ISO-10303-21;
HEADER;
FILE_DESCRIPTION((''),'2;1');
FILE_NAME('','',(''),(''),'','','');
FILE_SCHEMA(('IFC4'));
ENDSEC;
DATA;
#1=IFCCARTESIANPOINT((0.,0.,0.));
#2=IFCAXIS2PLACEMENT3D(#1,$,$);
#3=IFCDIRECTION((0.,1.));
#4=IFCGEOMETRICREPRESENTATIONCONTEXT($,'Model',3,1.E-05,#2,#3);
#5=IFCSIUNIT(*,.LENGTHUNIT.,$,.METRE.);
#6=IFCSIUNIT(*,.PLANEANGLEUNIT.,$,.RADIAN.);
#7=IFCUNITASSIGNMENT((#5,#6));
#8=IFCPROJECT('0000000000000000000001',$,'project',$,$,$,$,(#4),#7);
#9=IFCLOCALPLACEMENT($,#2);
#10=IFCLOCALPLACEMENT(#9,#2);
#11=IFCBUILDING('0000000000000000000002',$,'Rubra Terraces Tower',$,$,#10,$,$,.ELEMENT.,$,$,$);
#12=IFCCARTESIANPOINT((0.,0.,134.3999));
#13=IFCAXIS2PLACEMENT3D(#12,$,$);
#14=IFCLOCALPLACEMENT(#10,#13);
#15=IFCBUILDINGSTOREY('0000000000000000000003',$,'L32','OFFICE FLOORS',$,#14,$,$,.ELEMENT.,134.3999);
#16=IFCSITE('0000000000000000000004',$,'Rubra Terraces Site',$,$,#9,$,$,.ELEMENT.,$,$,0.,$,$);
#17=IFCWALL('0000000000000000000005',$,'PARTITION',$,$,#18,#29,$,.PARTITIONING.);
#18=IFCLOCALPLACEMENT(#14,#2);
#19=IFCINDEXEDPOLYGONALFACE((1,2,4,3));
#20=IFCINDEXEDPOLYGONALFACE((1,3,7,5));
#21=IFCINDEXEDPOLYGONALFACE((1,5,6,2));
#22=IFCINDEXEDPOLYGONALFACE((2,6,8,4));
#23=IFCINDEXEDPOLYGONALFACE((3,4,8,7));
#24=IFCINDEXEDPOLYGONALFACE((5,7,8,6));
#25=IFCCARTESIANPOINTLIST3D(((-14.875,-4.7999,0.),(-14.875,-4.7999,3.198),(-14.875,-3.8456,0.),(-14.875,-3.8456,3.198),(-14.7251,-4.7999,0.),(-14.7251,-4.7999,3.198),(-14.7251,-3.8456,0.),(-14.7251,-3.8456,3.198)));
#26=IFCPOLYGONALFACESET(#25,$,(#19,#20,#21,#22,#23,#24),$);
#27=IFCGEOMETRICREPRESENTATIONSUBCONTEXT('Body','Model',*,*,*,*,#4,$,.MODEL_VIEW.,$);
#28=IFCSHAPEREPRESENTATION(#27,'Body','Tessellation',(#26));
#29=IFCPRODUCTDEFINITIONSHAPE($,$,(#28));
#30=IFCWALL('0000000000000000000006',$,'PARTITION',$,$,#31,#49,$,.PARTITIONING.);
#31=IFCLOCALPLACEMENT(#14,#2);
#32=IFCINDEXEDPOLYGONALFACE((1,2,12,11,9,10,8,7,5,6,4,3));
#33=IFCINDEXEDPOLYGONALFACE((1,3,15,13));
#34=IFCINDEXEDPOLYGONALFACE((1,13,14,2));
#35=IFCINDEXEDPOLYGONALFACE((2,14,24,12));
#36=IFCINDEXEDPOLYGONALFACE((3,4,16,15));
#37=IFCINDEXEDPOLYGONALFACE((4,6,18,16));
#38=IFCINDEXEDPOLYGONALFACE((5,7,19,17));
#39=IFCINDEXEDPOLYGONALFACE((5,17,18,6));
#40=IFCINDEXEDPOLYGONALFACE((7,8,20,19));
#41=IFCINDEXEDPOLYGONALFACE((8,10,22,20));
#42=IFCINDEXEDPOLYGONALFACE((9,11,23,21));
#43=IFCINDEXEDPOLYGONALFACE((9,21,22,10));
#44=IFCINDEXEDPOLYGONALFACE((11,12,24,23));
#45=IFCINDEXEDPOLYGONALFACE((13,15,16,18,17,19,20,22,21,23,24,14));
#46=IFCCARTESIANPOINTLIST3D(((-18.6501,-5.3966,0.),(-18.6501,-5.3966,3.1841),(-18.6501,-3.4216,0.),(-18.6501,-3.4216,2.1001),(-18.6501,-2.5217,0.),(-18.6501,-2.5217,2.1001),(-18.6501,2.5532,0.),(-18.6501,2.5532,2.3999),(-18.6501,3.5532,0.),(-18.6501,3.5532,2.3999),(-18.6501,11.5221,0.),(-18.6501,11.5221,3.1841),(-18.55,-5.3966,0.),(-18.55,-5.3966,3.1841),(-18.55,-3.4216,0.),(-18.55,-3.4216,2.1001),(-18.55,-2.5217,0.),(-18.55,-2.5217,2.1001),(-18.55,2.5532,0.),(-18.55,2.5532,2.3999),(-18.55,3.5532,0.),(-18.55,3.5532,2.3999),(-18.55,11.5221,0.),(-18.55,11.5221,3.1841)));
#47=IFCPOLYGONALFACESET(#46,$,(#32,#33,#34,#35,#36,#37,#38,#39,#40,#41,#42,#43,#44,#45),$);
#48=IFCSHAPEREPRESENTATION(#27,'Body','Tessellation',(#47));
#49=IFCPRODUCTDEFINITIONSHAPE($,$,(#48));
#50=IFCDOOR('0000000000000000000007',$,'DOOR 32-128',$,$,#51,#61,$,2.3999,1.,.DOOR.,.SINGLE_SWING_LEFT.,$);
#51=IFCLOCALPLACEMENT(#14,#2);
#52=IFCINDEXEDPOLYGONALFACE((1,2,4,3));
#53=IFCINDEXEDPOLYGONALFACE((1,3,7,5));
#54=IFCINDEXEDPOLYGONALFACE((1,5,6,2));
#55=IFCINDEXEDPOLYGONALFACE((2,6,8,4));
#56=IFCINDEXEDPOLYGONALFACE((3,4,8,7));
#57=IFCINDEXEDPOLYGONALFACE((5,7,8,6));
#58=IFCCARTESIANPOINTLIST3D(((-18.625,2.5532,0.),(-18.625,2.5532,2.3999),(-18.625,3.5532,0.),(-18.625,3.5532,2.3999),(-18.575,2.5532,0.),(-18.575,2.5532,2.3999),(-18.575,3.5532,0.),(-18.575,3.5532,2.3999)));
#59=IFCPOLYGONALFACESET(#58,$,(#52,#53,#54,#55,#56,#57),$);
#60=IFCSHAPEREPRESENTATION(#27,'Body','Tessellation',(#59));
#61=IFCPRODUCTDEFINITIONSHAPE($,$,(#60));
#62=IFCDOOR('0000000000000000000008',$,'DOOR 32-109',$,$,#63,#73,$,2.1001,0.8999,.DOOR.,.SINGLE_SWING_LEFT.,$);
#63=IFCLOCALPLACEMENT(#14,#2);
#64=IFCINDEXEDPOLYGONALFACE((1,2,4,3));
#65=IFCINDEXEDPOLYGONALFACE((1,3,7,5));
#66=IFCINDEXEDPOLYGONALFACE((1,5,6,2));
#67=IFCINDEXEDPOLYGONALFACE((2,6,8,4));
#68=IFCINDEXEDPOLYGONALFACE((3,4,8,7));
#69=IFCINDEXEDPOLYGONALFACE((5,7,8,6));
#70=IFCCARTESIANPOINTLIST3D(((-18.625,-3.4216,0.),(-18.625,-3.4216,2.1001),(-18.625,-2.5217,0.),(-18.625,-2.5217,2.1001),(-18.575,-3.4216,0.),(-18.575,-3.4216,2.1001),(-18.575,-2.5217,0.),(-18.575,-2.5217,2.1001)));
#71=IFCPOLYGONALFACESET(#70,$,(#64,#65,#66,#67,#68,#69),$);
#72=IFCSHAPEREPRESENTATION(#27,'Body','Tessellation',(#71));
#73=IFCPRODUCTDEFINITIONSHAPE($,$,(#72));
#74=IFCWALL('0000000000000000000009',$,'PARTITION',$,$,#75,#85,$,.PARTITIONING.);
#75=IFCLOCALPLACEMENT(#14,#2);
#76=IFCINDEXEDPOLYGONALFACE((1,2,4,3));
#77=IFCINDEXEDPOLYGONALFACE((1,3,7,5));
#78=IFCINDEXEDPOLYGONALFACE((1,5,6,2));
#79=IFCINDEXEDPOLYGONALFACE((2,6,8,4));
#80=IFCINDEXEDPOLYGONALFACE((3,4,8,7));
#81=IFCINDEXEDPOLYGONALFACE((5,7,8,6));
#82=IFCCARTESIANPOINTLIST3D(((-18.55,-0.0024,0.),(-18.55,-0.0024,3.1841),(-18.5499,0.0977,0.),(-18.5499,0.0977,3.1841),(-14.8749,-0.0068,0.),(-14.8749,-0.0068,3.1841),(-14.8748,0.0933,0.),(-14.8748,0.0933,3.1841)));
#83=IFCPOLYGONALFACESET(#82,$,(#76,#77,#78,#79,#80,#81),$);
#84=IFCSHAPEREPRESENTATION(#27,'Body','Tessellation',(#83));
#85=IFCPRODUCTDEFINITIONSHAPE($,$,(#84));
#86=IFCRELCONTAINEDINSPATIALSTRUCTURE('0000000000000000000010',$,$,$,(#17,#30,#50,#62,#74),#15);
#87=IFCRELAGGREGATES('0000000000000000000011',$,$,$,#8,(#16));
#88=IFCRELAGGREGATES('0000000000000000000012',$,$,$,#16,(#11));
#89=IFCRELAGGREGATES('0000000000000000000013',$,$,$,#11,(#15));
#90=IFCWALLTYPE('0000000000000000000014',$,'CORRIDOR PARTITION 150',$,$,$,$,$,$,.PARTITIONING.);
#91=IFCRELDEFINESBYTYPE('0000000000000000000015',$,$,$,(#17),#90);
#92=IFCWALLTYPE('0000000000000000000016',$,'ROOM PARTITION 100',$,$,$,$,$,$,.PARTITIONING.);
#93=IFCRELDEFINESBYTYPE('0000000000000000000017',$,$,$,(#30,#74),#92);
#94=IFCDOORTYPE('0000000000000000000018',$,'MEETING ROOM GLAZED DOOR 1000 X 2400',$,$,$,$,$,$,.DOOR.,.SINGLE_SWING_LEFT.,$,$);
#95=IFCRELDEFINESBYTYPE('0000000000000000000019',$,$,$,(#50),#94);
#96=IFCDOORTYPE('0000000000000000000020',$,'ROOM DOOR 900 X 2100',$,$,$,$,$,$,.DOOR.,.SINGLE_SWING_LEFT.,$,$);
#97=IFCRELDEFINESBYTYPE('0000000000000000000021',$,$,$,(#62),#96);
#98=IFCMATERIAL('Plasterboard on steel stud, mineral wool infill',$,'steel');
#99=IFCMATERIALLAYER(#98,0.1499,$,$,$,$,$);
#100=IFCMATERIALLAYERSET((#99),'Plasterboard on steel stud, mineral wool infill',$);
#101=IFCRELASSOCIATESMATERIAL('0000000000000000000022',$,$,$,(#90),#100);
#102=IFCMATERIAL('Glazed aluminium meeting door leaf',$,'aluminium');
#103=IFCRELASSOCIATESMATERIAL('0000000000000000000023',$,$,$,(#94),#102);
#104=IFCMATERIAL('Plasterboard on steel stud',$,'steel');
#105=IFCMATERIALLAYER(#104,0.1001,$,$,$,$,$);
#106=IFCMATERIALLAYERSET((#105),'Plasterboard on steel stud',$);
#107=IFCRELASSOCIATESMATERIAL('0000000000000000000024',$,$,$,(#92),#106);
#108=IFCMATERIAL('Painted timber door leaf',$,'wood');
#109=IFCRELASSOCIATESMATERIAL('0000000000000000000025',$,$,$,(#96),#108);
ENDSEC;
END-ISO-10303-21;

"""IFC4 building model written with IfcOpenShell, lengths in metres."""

from ifc_helpers import new_model, si_unit, direction, frame, frame_2d, origin, place, context, subcontext, project, spatial, rectangle, extrude, material, layer, layer_set, type_object, element, fill, save


model = new_model("IFC4")

# Units and contexts
model_context = context("Model", 3, precision=1e-05, world=origin(), true_north=direction((0.0, 1.0)))
body_context = subcontext(model_context, "Body", "Model", "MODEL_VIEW")
ifc_project = project(units=[si_unit("LENGTHUNIT", "METRE"), si_unit("PLANEANGLEUNIT", "RADIAN")], contexts=[model_context])

# Site, building, storey
site_placement = place(None, origin())
site = spatial("IfcSite", under=ifc_project, at=site_placement, Name="Rubra Terraces Site", CompositionType="ELEMENT", RefElevation=0.0)
building_placement = place(site_placement, origin())
building = spatial("IfcBuilding", under=site, at=building_placement, Name="Rubra Terraces Tower", CompositionType="ELEMENT")
storey_placement = place(building_placement, frame((0.0, 0.0, 134.3999)))
storey = spatial("IfcBuildingStorey", under=building, at=storey_placement, Name="L32", Description="OFFICE FLOORS", CompositionType="ELEMENT", Elevation=134.3999)

# Wall
ifc_material_1 = material(Name="Plasterboard on steel stud, mineral wool infill", Category="steel")
ifc_layer_1 = layer(ifc_material_1, 0.1499)
ifc_layer_set_1 = layer_set([ifc_layer_1], Name="Plasterboard on steel stud, mineral wool infill")
wall_type_1 = type_object("IfcWallType", Name="CORRIDOR PARTITION 150", PredefinedType="PARTITIONING", material=ifc_layer_set_1)
wall_1_placement = place(storey_placement, frame((-14.8, -3.8457, 0.0), z_axis=(0.0, 0.0, 1.0), x_axis=(0.0, -1.0, 0.0)))
element("IfcWall", 1, at=wall_1_placement, inside=storey, type_object=wall_type_1, Name="PARTITION", PredefinedType="PARTITIONING", context=body_context, shape_type="SweptSolid", body=[
    extrude(rectangle(XDim=0.9543, YDim=0.1499, at=frame_2d((0.4771, 0.0))), origin(), (0.0, 0.0, 1.0), 3.198),
])

# Wall, openings, doors
ifc_material_2 = material(Name="Glazed aluminium meeting door leaf", Category="aluminium")
door_type_1 = type_object("IfcDoorType", Name="MEETING ROOM GLAZED DOOR 1000 X 2400", OperationType="SINGLE_SWING_LEFT", PredefinedType="DOOR", material=ifc_material_2)
ifc_material_3 = material(Name="Painted timber door leaf", Category="wood")
ifc_material_4 = material(Name="Plasterboard on steel stud", Category="steel")
ifc_layer_2 = layer(ifc_material_4, 0.1001)
ifc_layer_set_2 = layer_set([ifc_layer_2], Name="Plasterboard on steel stud")
wall_type_2 = type_object("IfcWallType", Name="ROOM PARTITION 100", PredefinedType="PARTITIONING", material=ifc_layer_set_2)
wall_2_placement = place(storey_placement, frame((-18.6001, -5.3967, 0.0), z_axis=(0.0, 0.0, 1.0), x_axis=(0.0, 1.0, 0.0)))
wall_2 = element("IfcWall", 2, at=wall_2_placement, inside=storey, type_object=wall_type_2, Name="PARTITION", PredefinedType="PARTITIONING", context=body_context, shape_type="SweptSolid", body=[
    extrude(rectangle(XDim=16.9187, YDim=0.1001, at=frame_2d((8.4595, 0.0))), origin(), (0.0, 0.0, 1.0), 3.1841),
])
opening_1_placement = place(wall_2_placement, frame((1.9751, 0.0, 0.0)))
opening_1 = element("IfcOpeningElement", 3, at=opening_1_placement, cuts=wall_2, PredefinedType="OPENING", context=body_context, shape_type="SweptSolid", body=[
    extrude(rectangle(XDim=0.8999, YDim=2.1001, at=frame_2d((0.45, 1.05))), frame((0.0, 0.0601, 0.0), z_axis=(0.0, -1.0, 0.0), x_axis=(1.0, 0.0, 0.0)), (0.0, 0.0, 1.0), 0.1201),
])
opening_2_placement = place(wall_2_placement, frame((7.95, 0.0, 0.0)))
opening_2 = element("IfcOpeningElement", 4, at=opening_2_placement, cuts=wall_2, PredefinedType="OPENING", context=body_context, shape_type="SweptSolid", body=[
    extrude(rectangle(XDim=1.0, YDim=2.3999, at=frame_2d((0.5, 1.2))), frame((0.0, 0.0601, 0.0), z_axis=(0.0, -1.0, 0.0), x_axis=(1.0, 0.0, 0.0)), (0.0, 0.0, 1.0), 0.1201),
])
door_1_placement = place(opening_2_placement, origin())
door_1 = element("IfcDoor", 5, at=door_1_placement, inside=storey, type_object=door_type_1, Name="DOOR 32-128", OperationType="SINGLE_SWING_LEFT", OverallHeight=2.3999, OverallWidth=1.0, PredefinedType="DOOR", context=body_context, shape_type="SweptSolid", body=[
    extrude(rectangle(XDim=1.0, YDim=2.3999, at=frame_2d((0.5, 1.2))), frame((0.0, 0.0249, 0.0), z_axis=(0.0, -1.0, 0.0), x_axis=(1.0, 0.0, 0.0)), (0.0, 0.0, 1.0), 0.05),
])
fill(opening_2, door_1)
door_type_2 = type_object("IfcDoorType", Name="ROOM DOOR 900 X 2100", OperationType="SINGLE_SWING_LEFT", PredefinedType="DOOR", material=ifc_material_3)
door_2_placement = place(opening_1_placement, origin())
door_2 = element("IfcDoor", 6, at=door_2_placement, inside=storey, type_object=door_type_2, Name="DOOR 32-109", OperationType="SINGLE_SWING_LEFT", OverallHeight=2.1001, OverallWidth=0.8999, PredefinedType="DOOR", context=body_context, shape_type="SweptSolid", body=[
    extrude(rectangle(XDim=0.8999, YDim=2.1001, at=frame_2d((0.45, 1.05))), frame((0.0, 0.0249, 0.0), z_axis=(0.0, -1.0, 0.0), x_axis=(1.0, 0.0, 0.0)), (0.0, 0.0, 1.0), 0.05),
])
fill(opening_1, door_2)

# Wall
wall_3_placement = place(storey_placement, frame((-14.875, 0.0432, 0.0), z_axis=(0.0, 0.0, 1.0), x_axis=(-0.999999, 0.001196, 0.0)))
element("IfcWall", 7, at=wall_3_placement, inside=storey, type_object=wall_type_2, Name="PARTITION", PredefinedType="PARTITIONING", context=body_context, shape_type="SweptSolid", body=[
    extrude(rectangle(XDim=3.675, YDim=0.1001, at=frame_2d((1.8374, 0.0))), origin(), (0.0, 0.0, 1.0), 3.1841),
])

save(model, "model.ifc")
